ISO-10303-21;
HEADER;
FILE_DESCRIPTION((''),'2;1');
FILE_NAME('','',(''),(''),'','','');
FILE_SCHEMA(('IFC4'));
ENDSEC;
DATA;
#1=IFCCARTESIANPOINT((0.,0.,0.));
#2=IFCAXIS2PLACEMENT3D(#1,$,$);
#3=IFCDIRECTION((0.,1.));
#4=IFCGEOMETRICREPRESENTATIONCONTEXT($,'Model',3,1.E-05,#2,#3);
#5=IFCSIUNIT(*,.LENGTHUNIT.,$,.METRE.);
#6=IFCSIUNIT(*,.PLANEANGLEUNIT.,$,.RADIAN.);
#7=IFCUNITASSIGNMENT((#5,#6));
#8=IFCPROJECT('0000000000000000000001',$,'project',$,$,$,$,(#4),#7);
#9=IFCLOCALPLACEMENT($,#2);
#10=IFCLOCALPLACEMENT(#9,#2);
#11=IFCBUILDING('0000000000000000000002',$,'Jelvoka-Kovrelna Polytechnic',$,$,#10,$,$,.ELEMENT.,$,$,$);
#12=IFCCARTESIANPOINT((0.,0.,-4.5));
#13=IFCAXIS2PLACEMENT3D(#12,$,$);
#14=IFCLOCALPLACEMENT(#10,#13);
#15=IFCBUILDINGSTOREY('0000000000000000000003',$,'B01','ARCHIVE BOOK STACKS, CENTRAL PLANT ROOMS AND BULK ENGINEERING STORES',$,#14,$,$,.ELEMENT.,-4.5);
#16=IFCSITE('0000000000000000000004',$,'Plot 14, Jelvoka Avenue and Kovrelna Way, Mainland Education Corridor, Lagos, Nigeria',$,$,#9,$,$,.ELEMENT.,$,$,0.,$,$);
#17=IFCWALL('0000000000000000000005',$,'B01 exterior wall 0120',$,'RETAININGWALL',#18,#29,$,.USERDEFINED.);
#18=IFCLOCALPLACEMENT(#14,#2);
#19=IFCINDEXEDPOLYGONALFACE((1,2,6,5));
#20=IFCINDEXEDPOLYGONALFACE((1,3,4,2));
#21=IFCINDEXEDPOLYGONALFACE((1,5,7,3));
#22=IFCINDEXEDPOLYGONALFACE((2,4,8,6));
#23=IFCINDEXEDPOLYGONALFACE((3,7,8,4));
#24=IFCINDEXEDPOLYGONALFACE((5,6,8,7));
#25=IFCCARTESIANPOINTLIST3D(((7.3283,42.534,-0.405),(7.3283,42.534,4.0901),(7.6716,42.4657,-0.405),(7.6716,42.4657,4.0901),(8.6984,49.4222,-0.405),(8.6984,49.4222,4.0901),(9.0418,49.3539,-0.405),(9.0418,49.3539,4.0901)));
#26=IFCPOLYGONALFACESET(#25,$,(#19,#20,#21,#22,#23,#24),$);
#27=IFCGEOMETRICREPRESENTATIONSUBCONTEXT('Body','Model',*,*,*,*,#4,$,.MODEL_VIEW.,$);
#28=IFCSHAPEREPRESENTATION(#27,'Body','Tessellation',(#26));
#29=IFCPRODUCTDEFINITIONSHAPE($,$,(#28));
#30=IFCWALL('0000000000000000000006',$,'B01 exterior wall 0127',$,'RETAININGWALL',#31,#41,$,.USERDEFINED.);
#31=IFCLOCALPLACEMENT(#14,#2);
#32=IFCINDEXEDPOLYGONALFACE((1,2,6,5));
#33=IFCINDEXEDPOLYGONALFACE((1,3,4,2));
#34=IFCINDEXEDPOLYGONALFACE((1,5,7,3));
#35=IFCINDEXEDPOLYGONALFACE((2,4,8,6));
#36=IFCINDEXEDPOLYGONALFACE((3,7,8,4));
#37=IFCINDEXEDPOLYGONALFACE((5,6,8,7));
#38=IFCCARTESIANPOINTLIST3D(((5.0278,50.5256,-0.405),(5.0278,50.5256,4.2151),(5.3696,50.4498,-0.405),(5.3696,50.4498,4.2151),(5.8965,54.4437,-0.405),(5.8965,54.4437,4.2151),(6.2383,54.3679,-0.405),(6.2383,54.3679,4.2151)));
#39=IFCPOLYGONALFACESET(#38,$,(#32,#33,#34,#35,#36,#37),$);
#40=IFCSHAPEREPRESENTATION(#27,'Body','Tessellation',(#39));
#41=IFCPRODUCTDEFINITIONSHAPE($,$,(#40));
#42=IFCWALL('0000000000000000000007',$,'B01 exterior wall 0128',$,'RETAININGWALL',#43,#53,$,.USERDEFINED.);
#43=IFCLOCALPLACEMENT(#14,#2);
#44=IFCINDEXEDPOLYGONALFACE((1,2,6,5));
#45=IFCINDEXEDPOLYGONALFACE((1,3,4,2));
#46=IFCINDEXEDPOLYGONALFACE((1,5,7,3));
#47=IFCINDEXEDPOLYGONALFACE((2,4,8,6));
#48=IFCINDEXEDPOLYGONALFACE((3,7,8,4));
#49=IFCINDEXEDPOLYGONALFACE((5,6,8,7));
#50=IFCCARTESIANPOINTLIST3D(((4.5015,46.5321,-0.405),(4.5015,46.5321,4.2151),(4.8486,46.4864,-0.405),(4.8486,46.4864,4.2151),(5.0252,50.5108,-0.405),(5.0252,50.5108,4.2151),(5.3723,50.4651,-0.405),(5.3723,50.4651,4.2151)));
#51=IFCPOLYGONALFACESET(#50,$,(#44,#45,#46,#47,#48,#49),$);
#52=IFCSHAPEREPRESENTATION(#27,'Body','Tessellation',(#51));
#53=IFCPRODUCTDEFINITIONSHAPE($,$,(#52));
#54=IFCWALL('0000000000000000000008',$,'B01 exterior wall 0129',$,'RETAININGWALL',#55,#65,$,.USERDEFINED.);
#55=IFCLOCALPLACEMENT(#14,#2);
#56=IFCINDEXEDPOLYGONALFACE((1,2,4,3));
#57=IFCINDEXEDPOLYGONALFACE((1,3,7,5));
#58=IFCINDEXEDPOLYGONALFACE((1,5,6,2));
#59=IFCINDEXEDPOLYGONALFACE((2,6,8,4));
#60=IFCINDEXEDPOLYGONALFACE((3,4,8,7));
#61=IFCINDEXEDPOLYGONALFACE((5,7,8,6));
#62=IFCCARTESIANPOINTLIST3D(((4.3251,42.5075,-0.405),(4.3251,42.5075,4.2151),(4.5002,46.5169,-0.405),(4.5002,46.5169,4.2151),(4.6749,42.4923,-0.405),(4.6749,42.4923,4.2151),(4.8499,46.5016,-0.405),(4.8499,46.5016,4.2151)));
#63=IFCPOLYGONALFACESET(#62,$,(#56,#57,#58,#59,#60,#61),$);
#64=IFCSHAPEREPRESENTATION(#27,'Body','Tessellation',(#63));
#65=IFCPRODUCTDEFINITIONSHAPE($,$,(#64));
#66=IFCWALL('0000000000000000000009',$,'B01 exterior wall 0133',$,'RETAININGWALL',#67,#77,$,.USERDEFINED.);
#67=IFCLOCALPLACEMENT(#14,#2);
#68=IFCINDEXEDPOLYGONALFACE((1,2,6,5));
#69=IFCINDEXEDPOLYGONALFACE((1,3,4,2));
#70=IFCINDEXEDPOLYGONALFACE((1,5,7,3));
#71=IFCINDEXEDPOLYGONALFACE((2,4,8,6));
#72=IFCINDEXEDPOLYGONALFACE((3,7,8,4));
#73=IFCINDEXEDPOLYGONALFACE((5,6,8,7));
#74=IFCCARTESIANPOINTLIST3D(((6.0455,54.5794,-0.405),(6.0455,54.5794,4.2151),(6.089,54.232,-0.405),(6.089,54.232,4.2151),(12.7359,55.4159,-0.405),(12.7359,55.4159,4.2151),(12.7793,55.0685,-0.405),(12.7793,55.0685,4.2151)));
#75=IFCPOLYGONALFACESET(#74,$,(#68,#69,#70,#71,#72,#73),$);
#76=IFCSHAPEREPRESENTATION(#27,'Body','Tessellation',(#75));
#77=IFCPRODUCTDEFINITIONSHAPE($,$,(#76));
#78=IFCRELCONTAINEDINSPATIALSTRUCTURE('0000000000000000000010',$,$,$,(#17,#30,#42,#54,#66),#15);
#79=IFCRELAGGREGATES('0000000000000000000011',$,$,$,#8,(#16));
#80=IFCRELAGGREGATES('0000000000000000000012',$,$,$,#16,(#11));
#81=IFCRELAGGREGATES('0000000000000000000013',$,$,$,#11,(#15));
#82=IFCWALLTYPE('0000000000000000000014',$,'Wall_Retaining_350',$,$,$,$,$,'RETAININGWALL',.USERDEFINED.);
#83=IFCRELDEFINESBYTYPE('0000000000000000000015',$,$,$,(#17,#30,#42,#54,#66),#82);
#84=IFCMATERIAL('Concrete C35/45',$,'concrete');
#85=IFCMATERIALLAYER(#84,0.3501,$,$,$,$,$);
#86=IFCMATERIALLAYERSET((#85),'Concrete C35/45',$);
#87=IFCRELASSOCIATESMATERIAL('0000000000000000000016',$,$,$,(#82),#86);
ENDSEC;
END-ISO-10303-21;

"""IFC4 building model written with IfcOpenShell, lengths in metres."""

from ifc_helpers import new_model, si_unit, direction, frame, frame_2d, origin, place, context, subcontext, project, spatial, rectangle, extrude, material, layer, layer_set, type_object, element, save


model = new_model("IFC4")

# Units and contexts
model_context = context("Model", 3, precision=1e-05, world=origin(), true_north=direction((0.0, 1.0)))
body_context = subcontext(model_context, "Body", "Model", "MODEL_VIEW")
ifc_project = project(units=[si_unit("LENGTHUNIT", "METRE"), si_unit("PLANEANGLEUNIT", "RADIAN")], contexts=[model_context])

# Site, building, storey
site_placement = place(None, origin())
site = spatial("IfcSite", under=ifc_project, at=site_placement, Name="Plot 14, Jelvoka Avenue and Kovrelna Way, Mainland Education Corridor, Lagos, Nigeria", CompositionType="ELEMENT", RefElevation=0.0)
building_placement = place(site_placement, origin())
building = spatial("IfcBuilding", under=site, at=building_placement, Name="Jelvoka-Kovrelna Polytechnic", CompositionType="ELEMENT")
storey_placement = place(building_placement, frame((0.0, 0.0, -4.5)))
storey = spatial("IfcBuildingStorey", under=building, at=storey_placement, Name="B01", Description="ARCHIVE BOOK STACKS, CENTRAL PLANT ROOMS AND BULK ENGINEERING STORES", CompositionType="ELEMENT", Elevation=-4.5)

# Walls
ifc_material_1 = material(Name="Concrete C35/45", Category="concrete")
ifc_layer = layer(ifc_material_1, 0.3501)
ifc_layer_set = layer_set([ifc_layer], Name="Concrete C35/45")
wall_type = type_object("IfcWallType", Name="Wall_Retaining_350", ElementType="RETAININGWALL", PredefinedType="USERDEFINED", material=ifc_layer_set)
wall_1_placement = place(storey_placement, frame((8.8701, 49.3882, -0.405), z_axis=(0.0, 0.0, 1.0), x_axis=(-0.195087, -0.980786, 0.0)))
element("IfcWall", 1, at=wall_1_placement, inside=storey, type_object=wall_type, Name="B01 exterior wall 0120", ObjectType="RETAININGWALL", PredefinedType="USERDEFINED", context=body_context, shape_type="SweptSolid", body=[
    extrude(rectangle(XDim=7.0232, YDim=0.3501, at=frame_2d((3.5117, 0.0))), origin(), (0.0, 0.0, 1.0), 4.4951),
])
wall_2_placement = place(storey_placement, frame((6.0674, 54.4058, -0.405), z_axis=(0.0, 0.0, 1.0), x_axis=(-0.216454, -0.976293, 0.0)))
element("IfcWall", 2, at=wall_2_placement, inside=storey, type_object=wall_type, Name="B01 exterior wall 0127", ObjectType="RETAININGWALL", PredefinedType="USERDEFINED", context=body_context, shape_type="SweptSolid", body=[
    extrude(rectangle(XDim=4.0132, YDim=0.3501, at=frame_2d((2.0066, 0.0))), origin(), (0.0, 0.0, 1.0), 4.6201),
])
wall_3_placement = place(storey_placement, frame((5.1987, 50.4878, -0.405), z_axis=(0.0, 0.0, 1.0), x_axis=(-0.130502, -0.991448, 0.0)))
element("IfcWall", 3, at=wall_3_placement, inside=storey, type_object=wall_type, Name="B01 exterior wall 0128", ObjectType="RETAININGWALL", PredefinedType="USERDEFINED", context=body_context, shape_type="SweptSolid", body=[
    extrude(rectangle(XDim=4.0129, YDim=0.3501, at=frame_2d((2.0063, 0.0))), origin(), (0.0, 0.0, 1.0), 4.6201),
])
wall_4_placement = place(storey_placement, frame((4.675, 46.5093, -0.405), z_axis=(0.0, 0.0, 1.0), x_axis=(-0.043619, -0.999048, 0.0)))
element("IfcWall", 4, at=wall_4_placement, inside=storey, type_object=wall_type, Name="B01 exterior wall 0129", ObjectType="RETAININGWALL", PredefinedType="USERDEFINED", context=body_context, shape_type="SweptSolid", body=[
    extrude(rectangle(XDim=4.0132, YDim=0.3501, at=frame_2d((2.0066, 0.0))), origin(), (0.0, 0.0, 1.0), 4.6201),
])
wall_5_placement = place(storey_placement, frame((6.0674, 54.4058, -0.405), z_axis=(0.0, 0.0, 1.0), x_axis=(0.992276, 0.124053, 0.0)))
element("IfcWall", 5, at=wall_5_placement, inside=storey, type_object=wall_type, Name="B01 exterior wall 0133", ObjectType="RETAININGWALL", PredefinedType="USERDEFINED", context=body_context, shape_type="SweptSolid", body=[
    extrude(rectangle(XDim=6.7424, YDim=0.3501, at=frame_2d((3.3711, 0.0))), origin(), (0.0, 0.0, 1.0), 4.6201),
])

save(model, "model.ifc")
